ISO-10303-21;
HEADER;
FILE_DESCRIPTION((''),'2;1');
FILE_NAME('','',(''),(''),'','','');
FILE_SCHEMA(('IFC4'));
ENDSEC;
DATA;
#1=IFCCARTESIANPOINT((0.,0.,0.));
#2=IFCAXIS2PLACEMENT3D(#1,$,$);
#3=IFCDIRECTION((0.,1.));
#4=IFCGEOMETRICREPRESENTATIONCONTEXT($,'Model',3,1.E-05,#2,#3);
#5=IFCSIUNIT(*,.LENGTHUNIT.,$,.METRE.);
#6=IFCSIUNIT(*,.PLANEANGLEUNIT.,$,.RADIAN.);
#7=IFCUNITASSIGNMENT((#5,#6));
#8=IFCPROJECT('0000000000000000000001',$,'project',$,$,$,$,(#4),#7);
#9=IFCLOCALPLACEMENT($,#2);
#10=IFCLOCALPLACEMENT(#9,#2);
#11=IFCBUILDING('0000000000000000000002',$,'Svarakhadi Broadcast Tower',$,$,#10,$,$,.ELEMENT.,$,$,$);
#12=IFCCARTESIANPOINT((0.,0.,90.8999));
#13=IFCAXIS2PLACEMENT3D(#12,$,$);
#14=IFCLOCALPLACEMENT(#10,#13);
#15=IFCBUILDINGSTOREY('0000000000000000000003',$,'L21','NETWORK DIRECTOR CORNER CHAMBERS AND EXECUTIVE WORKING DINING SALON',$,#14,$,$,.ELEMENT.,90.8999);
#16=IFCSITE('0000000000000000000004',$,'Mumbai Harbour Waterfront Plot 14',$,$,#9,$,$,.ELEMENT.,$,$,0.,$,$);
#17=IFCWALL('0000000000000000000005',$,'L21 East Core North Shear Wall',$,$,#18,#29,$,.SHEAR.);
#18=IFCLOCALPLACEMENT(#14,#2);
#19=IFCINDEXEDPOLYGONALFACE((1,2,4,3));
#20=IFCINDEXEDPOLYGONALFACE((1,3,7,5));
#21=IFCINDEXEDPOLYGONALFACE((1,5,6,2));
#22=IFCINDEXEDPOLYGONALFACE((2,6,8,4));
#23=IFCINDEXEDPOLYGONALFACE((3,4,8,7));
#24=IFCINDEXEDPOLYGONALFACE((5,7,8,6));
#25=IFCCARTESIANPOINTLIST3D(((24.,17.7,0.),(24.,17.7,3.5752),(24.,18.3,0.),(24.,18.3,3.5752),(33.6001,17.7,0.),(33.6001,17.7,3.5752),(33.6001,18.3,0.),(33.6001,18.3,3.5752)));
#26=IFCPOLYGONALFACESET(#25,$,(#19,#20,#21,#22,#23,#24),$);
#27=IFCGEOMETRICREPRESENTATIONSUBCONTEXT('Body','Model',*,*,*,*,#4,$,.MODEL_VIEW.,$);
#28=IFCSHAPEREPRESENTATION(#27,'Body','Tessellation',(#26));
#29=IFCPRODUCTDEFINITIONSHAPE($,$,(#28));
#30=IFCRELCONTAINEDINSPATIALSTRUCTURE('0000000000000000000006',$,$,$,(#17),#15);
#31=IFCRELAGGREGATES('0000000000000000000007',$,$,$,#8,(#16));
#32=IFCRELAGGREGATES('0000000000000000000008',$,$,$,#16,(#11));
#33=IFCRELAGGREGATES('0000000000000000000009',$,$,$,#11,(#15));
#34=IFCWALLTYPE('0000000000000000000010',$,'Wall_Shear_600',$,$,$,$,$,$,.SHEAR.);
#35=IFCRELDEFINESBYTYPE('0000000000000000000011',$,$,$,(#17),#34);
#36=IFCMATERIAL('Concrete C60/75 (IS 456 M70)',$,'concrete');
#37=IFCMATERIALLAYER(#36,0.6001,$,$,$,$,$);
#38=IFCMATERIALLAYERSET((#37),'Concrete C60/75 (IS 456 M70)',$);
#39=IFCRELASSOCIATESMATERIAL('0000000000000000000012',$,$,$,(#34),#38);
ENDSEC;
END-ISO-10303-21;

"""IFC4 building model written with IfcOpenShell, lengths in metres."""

from ifc_helpers import new_model, si_unit, direction, frame, frame_2d, origin, place, context, subcontext, project, spatial, rectangle, extrude, material, layer, layer_set, type_object, element, save


model = new_model("IFC4")

# Units and contexts
model_context = context("Model", 3, precision=1e-05, world=origin(), true_north=direction((0.0, 1.0)))
body_context = subcontext(model_context, "Body", "Model", "MODEL_VIEW")
ifc_project = project(units=[si_unit("LENGTHUNIT", "METRE"), si_unit("PLANEANGLEUNIT", "RADIAN")], contexts=[model_context])

# Site, building, storey
site_placement = place(None, origin())
site = spatial("IfcSite", under=ifc_project, at=site_placement, Name="Mumbai Harbour Waterfront Plot 14", CompositionType="ELEMENT", RefElevation=0.0)
building_placement = place(site_placement, origin())
building = spatial("IfcBuilding", under=site, at=building_placement, Name="Svarakhadi Broadcast Tower", CompositionType="ELEMENT")
storey_placement = place(building_placement, frame((0.0, 0.0, 90.8999)))
storey = spatial("IfcBuildingStorey", under=building, at=storey_placement, Name="L21", Description="NETWORK DIRECTOR CORNER CHAMBERS AND EXECUTIVE WORKING DINING SALON", CompositionType="ELEMENT", Elevation=90.8999)

# Shared definitions
ifc_material_1 = material(Name="Concrete C60/75 (IS 456 M70)", Category="concrete")

# Wall
ifc_layer_1 = layer(ifc_material_1, 0.6001)
ifc_layer_set_1 = layer_set([ifc_layer_1], Name="Concrete C60/75 (IS 456 M70)")
wall_type_1 = type_object("IfcWallType", Name="Wall_Shear_600", PredefinedType="SHEAR", material=ifc_layer_set_1)
for number, where, z_axis, x_axis, name in (
    (1, (24.0, 18.0, 0.0), (0.0, 0.0, 1.0), (1.0, 0.0, 0.0), "L21 East Core North Shear Wall"),
):
    element("IfcWall", number, at=place(storey_placement, frame(where, z_axis=z_axis, x_axis=x_axis)), inside=storey, type_object=wall_type_1, Name=name, PredefinedType="SHEAR", context=body_context, shape_type="SweptSolid", body=[
        extrude(rectangle(XDim=9.6001, YDim=0.6001, at=frame_2d((4.8, 0.0))), origin(), (0.0, 0.0, 1.0), 3.5752),
    ])

save(model, "model.ifc")
